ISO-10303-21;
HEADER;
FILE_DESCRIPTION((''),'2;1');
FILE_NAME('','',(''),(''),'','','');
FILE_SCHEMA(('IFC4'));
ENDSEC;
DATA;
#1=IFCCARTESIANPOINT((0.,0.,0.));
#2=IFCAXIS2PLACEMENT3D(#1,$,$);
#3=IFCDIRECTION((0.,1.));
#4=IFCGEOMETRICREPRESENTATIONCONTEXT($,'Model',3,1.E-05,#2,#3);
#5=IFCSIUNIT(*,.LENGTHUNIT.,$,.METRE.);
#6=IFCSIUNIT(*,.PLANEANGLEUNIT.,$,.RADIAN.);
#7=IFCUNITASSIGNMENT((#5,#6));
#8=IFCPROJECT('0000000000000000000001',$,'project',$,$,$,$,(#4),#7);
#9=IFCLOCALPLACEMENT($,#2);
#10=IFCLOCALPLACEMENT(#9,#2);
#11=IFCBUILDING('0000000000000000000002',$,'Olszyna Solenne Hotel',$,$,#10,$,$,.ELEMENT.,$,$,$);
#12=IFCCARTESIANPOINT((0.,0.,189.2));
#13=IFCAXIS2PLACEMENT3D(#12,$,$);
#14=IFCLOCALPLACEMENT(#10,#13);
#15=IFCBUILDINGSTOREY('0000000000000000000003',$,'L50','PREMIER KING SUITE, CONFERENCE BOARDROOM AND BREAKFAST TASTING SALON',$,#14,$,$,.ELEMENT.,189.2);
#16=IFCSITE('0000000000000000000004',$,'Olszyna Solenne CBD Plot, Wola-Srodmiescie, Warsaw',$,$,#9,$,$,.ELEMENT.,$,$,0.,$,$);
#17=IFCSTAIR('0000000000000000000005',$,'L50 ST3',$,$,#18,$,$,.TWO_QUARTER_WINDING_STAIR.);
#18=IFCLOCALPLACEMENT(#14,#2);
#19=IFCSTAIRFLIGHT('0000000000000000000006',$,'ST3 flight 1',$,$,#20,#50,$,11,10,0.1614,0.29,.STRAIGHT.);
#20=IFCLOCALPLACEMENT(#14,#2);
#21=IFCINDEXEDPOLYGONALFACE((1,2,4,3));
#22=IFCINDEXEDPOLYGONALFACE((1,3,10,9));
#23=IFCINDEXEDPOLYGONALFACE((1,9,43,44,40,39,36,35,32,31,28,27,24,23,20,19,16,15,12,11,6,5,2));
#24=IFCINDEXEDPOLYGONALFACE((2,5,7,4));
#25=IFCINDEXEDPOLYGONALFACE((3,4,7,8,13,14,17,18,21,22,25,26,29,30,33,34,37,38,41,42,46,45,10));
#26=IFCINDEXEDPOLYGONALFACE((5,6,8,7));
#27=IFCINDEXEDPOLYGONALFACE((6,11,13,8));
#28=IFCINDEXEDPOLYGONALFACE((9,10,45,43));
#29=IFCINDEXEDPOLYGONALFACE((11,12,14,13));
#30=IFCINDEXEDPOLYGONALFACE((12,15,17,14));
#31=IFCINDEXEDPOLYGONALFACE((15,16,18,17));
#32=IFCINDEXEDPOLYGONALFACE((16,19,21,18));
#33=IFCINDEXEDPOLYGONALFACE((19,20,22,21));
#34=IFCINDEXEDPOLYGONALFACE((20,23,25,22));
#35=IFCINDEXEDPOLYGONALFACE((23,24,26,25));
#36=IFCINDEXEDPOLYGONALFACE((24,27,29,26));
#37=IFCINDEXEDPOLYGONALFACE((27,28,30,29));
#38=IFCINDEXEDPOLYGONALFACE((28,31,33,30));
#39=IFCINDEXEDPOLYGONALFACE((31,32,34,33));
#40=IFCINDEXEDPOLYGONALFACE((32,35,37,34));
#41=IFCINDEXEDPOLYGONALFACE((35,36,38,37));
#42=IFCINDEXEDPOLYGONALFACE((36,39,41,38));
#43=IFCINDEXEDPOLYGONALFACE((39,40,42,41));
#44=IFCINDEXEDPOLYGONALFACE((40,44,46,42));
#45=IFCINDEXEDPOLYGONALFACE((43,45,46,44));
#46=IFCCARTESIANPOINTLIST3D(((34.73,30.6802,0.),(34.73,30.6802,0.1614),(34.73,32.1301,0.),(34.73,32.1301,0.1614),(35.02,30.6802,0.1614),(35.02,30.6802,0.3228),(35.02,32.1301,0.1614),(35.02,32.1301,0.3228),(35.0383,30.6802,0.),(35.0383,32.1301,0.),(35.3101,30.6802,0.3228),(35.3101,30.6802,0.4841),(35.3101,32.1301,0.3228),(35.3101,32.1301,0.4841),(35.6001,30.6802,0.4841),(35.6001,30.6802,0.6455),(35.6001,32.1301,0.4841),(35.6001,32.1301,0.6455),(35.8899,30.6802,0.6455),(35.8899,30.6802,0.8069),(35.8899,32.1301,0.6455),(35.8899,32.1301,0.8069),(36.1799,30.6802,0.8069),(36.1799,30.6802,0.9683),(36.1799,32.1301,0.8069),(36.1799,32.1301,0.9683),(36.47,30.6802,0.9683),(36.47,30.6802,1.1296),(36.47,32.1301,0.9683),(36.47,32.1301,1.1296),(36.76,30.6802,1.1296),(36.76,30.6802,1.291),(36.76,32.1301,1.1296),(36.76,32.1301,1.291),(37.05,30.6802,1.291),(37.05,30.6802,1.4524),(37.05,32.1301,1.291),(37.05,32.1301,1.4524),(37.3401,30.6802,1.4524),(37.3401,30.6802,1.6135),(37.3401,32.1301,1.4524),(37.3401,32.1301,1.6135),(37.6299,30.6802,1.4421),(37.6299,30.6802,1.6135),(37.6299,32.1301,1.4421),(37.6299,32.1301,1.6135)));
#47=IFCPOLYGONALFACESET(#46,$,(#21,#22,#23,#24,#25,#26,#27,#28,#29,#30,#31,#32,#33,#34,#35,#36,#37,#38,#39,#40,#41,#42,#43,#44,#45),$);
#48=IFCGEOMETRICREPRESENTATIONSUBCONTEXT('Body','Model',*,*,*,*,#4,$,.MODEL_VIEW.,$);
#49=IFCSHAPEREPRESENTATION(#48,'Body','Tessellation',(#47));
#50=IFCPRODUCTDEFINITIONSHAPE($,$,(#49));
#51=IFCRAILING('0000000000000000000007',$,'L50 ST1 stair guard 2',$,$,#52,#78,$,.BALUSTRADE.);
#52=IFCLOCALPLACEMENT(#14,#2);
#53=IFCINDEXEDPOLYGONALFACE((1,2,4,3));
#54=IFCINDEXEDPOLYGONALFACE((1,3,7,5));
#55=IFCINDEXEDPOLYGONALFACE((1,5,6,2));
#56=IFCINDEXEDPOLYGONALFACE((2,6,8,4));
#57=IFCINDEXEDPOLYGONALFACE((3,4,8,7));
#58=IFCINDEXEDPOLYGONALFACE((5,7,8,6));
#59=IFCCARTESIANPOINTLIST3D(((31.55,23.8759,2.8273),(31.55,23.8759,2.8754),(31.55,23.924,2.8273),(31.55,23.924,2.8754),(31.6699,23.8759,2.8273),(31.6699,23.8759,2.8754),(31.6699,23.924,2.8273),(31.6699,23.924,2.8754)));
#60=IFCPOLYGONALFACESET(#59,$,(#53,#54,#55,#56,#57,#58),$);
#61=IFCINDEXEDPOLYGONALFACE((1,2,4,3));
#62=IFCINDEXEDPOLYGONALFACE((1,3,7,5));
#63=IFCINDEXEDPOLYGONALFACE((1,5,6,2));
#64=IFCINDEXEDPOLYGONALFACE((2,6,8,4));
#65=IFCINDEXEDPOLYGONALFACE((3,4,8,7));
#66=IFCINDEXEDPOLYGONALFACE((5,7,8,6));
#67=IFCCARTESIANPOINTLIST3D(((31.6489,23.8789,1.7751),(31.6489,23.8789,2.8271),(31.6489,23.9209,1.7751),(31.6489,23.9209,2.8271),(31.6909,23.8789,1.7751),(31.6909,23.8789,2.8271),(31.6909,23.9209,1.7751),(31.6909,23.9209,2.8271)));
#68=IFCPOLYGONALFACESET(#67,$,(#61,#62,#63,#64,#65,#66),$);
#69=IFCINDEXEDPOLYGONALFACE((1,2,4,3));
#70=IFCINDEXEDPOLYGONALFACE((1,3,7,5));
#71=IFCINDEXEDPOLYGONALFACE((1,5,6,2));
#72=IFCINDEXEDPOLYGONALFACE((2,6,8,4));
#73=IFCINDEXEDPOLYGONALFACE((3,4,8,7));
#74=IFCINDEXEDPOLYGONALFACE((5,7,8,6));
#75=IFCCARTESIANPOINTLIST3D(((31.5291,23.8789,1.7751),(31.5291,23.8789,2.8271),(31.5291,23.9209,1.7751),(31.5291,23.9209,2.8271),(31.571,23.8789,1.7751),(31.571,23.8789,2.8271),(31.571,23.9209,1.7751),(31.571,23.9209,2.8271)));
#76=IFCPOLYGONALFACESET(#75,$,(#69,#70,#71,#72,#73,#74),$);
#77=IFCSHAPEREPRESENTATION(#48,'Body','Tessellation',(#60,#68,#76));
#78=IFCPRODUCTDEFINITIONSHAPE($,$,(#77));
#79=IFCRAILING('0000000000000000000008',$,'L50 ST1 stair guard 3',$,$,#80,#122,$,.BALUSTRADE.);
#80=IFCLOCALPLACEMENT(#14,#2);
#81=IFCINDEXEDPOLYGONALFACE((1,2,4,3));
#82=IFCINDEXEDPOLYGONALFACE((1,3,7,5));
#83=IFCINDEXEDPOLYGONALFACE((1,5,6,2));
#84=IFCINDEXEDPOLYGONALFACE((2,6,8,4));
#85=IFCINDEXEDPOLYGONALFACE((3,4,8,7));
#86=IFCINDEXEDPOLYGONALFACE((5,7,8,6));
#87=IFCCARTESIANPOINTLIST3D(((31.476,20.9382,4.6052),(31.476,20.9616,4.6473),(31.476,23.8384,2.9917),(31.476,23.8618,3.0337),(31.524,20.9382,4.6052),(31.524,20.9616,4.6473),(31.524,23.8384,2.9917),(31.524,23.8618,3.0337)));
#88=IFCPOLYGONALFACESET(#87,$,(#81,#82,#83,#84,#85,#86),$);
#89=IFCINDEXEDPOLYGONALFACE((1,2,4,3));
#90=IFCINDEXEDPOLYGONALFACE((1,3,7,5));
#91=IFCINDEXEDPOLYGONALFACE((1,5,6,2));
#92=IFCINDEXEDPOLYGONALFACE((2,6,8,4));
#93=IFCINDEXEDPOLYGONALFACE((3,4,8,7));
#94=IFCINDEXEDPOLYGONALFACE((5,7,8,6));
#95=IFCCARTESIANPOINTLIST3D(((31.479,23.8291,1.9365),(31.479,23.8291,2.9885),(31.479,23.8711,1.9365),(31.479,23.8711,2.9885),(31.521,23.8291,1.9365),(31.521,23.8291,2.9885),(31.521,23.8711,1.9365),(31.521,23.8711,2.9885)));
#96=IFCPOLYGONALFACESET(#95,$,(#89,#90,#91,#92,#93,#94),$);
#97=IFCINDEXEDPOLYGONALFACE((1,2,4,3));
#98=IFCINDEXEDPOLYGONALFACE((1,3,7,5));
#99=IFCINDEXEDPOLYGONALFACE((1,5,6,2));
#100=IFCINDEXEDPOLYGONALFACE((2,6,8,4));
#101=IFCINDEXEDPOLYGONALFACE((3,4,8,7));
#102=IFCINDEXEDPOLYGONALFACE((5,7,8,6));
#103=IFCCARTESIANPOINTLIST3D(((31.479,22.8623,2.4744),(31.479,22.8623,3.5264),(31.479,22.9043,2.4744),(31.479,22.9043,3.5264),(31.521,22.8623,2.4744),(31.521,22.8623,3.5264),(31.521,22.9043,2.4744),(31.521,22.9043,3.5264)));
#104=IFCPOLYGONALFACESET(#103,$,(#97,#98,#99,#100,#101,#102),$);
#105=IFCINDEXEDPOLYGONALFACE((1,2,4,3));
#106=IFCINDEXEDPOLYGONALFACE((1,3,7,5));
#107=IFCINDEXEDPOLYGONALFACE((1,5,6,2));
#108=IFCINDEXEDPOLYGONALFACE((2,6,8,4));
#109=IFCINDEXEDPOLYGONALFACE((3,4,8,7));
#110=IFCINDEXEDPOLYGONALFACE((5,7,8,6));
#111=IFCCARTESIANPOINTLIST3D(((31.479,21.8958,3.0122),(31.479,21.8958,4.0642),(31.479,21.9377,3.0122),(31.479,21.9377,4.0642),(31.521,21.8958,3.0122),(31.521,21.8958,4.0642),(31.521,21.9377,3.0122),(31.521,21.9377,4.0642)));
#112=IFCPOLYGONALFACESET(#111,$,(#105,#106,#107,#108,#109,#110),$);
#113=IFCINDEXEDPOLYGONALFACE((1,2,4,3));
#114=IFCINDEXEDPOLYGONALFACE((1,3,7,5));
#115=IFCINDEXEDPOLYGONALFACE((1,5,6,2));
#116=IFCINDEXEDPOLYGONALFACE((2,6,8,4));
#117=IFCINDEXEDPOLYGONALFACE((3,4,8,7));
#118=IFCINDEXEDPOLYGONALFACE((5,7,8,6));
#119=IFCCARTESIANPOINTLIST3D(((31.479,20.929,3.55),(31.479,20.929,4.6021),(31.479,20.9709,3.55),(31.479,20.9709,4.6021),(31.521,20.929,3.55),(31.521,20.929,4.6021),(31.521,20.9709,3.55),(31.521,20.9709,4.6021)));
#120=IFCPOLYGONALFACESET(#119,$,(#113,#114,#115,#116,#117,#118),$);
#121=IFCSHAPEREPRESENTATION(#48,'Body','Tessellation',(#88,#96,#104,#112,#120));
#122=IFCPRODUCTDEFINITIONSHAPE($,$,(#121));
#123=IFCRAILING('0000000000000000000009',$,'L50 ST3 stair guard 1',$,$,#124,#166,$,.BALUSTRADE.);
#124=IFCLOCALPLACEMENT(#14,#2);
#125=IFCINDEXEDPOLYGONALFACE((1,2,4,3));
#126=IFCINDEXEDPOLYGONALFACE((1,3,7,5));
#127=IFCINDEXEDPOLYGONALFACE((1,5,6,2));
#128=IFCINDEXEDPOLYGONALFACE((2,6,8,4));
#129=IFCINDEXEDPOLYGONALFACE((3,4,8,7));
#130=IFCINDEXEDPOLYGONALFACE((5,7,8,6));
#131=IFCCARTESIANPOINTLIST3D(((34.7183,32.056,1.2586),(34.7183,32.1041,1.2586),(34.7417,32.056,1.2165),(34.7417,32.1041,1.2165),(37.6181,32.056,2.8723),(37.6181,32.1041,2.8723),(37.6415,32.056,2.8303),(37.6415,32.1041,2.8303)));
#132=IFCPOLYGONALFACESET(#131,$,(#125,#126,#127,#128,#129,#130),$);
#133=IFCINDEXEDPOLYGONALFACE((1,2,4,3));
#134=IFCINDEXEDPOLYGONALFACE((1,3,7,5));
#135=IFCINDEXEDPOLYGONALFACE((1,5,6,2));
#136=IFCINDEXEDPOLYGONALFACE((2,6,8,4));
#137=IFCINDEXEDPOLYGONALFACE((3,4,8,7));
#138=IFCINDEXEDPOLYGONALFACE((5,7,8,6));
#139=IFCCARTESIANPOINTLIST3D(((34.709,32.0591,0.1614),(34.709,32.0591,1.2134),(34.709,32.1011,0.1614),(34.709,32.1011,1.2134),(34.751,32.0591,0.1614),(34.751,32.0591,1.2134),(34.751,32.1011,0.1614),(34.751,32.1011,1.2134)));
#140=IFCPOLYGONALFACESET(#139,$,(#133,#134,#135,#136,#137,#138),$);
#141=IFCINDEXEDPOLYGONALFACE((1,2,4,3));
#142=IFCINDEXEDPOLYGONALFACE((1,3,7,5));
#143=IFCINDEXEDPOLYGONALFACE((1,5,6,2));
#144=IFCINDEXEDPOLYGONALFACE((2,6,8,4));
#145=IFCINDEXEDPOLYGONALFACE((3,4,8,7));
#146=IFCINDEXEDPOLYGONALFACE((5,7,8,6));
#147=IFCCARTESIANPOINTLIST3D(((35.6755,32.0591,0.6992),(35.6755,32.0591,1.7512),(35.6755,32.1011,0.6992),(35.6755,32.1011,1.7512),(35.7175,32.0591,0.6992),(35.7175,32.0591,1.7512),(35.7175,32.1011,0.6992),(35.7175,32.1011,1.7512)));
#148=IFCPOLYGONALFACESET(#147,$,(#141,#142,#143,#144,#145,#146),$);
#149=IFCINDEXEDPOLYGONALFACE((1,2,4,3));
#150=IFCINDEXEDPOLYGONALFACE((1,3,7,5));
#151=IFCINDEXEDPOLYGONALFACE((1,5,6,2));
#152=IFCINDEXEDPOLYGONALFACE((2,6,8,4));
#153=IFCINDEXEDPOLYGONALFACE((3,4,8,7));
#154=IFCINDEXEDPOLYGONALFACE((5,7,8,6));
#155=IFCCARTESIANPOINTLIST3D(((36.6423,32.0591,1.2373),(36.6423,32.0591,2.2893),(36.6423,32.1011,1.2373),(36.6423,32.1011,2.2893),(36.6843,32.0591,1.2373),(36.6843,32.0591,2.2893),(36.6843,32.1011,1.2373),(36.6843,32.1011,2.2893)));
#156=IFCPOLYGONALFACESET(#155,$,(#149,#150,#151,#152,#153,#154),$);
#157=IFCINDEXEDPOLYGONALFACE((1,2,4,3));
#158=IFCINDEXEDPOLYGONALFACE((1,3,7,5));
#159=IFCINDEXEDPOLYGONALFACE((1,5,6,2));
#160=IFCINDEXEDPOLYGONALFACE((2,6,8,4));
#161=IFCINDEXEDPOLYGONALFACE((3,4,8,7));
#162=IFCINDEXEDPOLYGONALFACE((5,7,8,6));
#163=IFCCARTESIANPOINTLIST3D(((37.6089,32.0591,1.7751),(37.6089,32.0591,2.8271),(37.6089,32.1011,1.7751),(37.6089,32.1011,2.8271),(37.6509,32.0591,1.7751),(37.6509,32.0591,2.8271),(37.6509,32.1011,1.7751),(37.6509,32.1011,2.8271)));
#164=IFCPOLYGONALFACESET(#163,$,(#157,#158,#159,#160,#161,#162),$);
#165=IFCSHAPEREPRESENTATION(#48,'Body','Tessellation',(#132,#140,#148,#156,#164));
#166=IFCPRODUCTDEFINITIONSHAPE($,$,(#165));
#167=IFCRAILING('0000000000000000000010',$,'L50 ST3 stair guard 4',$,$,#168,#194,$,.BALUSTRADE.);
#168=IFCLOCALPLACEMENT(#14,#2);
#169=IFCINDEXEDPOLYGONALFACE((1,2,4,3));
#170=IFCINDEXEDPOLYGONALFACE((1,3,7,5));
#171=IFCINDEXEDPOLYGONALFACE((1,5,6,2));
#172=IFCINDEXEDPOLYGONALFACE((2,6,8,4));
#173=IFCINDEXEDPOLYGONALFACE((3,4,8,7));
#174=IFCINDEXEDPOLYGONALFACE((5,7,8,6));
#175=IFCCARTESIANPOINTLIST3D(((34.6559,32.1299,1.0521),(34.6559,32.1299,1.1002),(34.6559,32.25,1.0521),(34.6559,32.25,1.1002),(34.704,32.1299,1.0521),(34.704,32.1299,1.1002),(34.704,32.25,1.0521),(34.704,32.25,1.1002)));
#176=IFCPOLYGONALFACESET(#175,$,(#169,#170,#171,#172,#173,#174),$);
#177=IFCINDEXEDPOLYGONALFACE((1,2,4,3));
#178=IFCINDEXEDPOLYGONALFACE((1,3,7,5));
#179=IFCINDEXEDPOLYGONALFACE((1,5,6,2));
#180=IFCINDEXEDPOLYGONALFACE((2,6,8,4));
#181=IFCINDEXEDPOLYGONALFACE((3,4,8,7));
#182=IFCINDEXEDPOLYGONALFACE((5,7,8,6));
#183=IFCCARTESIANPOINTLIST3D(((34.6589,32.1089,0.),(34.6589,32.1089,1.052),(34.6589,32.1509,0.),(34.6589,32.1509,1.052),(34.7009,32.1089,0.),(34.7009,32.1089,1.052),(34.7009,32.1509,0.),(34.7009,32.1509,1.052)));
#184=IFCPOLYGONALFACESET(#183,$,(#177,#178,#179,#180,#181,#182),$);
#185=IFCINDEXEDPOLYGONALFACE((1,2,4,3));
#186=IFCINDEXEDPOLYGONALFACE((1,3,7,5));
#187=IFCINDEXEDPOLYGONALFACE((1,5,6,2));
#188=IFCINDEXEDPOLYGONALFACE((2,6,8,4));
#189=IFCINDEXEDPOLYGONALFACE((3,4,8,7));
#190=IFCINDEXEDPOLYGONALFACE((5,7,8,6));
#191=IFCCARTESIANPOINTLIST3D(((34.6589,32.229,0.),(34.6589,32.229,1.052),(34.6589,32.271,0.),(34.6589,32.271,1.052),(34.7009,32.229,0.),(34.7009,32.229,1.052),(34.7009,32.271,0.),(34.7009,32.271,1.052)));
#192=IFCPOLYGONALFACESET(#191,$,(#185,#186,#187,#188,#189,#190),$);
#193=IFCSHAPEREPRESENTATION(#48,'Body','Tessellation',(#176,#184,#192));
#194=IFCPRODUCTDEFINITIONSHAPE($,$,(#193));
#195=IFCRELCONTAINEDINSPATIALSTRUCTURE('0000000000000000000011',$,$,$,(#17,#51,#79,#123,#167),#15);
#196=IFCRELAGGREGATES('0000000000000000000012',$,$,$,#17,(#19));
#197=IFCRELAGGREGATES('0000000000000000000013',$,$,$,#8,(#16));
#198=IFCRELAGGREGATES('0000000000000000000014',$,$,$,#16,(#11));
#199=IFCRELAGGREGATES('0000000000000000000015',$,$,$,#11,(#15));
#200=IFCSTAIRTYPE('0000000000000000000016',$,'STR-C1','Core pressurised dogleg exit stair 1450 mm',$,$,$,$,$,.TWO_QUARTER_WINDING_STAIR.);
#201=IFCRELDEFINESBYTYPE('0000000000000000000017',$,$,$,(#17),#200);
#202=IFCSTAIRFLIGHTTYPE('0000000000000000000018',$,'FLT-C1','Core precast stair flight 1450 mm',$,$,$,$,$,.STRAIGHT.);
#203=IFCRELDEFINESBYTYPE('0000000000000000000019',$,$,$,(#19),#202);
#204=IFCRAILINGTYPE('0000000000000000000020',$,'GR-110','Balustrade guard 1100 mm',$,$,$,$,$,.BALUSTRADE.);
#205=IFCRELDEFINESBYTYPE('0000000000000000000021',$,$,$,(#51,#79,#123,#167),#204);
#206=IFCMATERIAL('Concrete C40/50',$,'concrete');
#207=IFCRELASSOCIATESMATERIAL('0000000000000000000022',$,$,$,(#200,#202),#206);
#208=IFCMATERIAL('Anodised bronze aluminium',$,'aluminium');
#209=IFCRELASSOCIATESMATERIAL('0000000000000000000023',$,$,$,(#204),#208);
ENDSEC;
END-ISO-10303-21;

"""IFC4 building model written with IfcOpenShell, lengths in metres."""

from ifc_helpers import new_model, si_unit, direction, frame, origin, origin_2d, place, context, subcontext, project, spatial, polyline, rectangle, outline, extrude, material, type_object, element, aggregate, save


model = new_model("IFC4")

# Units and contexts
model_context = context("Model", 3, precision=1e-05, world=origin(), true_north=direction((0.0, 1.0)))
body_context = subcontext(model_context, "Body", "Model", "MODEL_VIEW")
ifc_project = project(units=[si_unit("LENGTHUNIT", "METRE"), si_unit("PLANEANGLEUNIT", "RADIAN")], contexts=[model_context])

# Site, building, storey
site_placement = place(None, origin())
site = spatial("IfcSite", under=ifc_project, at=site_placement, Name="Olszyna Solenne CBD Plot, Wola-Srodmiescie, Warsaw", CompositionType="ELEMENT", RefElevation=0.0)
building_placement = place(site_placement, origin())
building = spatial("IfcBuilding", under=site, at=building_placement, Name="Olszyna Solenne Hotel", CompositionType="ELEMENT")
storey_placement = place(building_placement, frame((0.0, 0.0, 189.2)))
storey = spatial("IfcBuildingStorey", under=building, at=storey_placement, Name="L50", Description="PREMIER KING SUITE, CONFERENCE BOARDROOM AND BREAKFAST TASTING SALON", CompositionType="ELEMENT", Elevation=189.2)

# Stair, stair flight
ifc_material_1 = material(Name="Concrete C40/50", Category="concrete")
stair_type = type_object("IfcStairType", Name="STR-C1", Description="Core pressurised dogleg exit stair 1450 mm", PredefinedType="TWO_QUARTER_WINDING_STAIR", material=ifc_material_1)
stair_flight_type = type_object("IfcStairFlightType", Name="FLT-C1", Description="Core precast stair flight 1450 mm", PredefinedType="STRAIGHT", material=ifc_material_1)
stair_1_placement = place(storey_placement, origin())
stair_1 = element("IfcStair", 1, at=stair_1_placement, inside=storey, type_object=stair_type, Name="L50 ST3", PredefinedType="TWO_QUARTER_WINDING_STAIR")
stair_flight_1_placement = place(storey_placement, frame((34.73, 31.405, 0.0), z_axis=(0.0, 0.0, 1.0), x_axis=(1.0, 0.0, 0.0)))
stair_flight_1 = element("IfcStairFlight", 2, at=stair_flight_1_placement, type_object=stair_flight_type, Name="ST3 flight 1", NumberOfRisers=11, NumberOfTreads=10, PredefinedType="STRAIGHT", RiserHeight=0.1614, TreadLength=0.29, context=body_context, shape_type="SweptSolid", body=[
    extrude(outline(polyline([(0.0, 0.0), (0.0, 0.1614), (0.29, 0.1614), (0.29, 0.3228), (0.5801, 0.3228), (0.5801, 0.4841), (0.8701, 0.4841), (0.8701, 0.6455), (1.1599, 0.6455), (1.1599, 0.8069), (1.45, 0.8069), (1.45, 0.9683), (1.74, 0.9683), (1.74, 1.1296), (2.03, 1.1296), (2.03, 1.291), (2.3201, 1.291), (2.3201, 1.4524), (2.6101, 1.4524), (2.6101, 1.6135), (2.8999, 1.6135), (2.8999, 1.7749), (2.8999, 1.4421), (0.3083, 0.0), (0.0, 0.0)])), frame((0.0, 0.7251, 0.0), z_axis=(0.0, -1.0, 0.0), x_axis=(1.0, 0.0, 0.0)), (0.0, 0.0, 1.0), 1.45),
])
aggregate(stair_1, [stair_flight_1])

# Railings
ifc_material_2 = material(Name="Anodised bronze aluminium", Category="aluminium")
railing_type_1 = type_object("IfcRailingType", Name="GR-110", Description="Balustrade guard 1100 mm", PredefinedType="BALUSTRADE", material=ifc_material_2)
railing_1_placement = place(storey_placement, frame((31.6699, 23.8999, 1.7751)))
element("IfcRailing", 3, at=railing_1_placement, inside=storey, type_object=railing_type_1, Name="L50 ST1 stair guard 2", PredefinedType="BALUSTRADE", context=body_context, shape_type="SweptSolid", body=[
    extrude(rectangle(XDim=0.0481, YDim=0.0481, at=origin_2d()), frame((0.0, 0.0, 1.0762), z_axis=(-1.0, 0.0, 0.0), x_axis=(0.0, -1.0, 0.0)), (0.0, 0.0, 1.0), 0.1199),
    extrude(rectangle(XDim=0.042, YDim=0.042, at=origin_2d()), origin(), (0.0, 0.0, 1.0), 1.052),
    extrude(rectangle(XDim=0.042, YDim=0.042, at=origin_2d()), frame((-0.1199, 0.0, 0.0)), (0.0, 0.0, 1.0), 1.052),
])
railing_2_placement = place(storey_placement, frame((31.5, 23.8501, 1.9365)))
element("IfcRailing", 4, at=railing_2_placement, inside=storey, type_object=railing_type_1, Name="L50 ST1 stair guard 3", PredefinedType="BALUSTRADE", context=body_context, shape_type="SweptSolid", body=[
    extrude(rectangle(XDim=0.0481, YDim=0.0481, at=origin_2d()), frame((0.0, 0.0, 1.0762), z_axis=(0.0, -0.873859, 0.48618), x_axis=(1.0, 0.0, 0.0)), (0.0, 0.0, 1.0), 3.3188),
    extrude(rectangle(XDim=0.042, YDim=0.042, at=origin_2d()), origin(), (0.0, 0.0, 1.0), 1.052),
    extrude(rectangle(XDim=0.042, YDim=0.042, at=origin_2d()), frame((0.0, -0.9668, 0.5378)), (0.0, 0.0, 1.0), 1.052),
    extrude(rectangle(XDim=0.042, YDim=0.042, at=origin_2d()), frame((0.0, -1.9333, 1.0757)), (0.0, 0.0, 1.0), 1.052),
    extrude(rectangle(XDim=0.042, YDim=0.042, at=origin_2d()), frame((0.0, -2.9001, 1.6135)), (0.0, 0.0, 1.0), 1.052),
])
railing_3_placement = place(storey_placement, frame((34.73, 32.0801, 0.1614)))
element("IfcRailing", 5, at=railing_3_placement, inside=storey, type_object=railing_type_1, Name="L50 ST3 stair guard 1", PredefinedType="BALUSTRADE", context=body_context, shape_type="SweptSolid", body=[
    extrude(rectangle(XDim=0.0481, YDim=0.0481, at=origin_2d()), frame((0.0, 0.0, 1.0762), z_axis=(0.87381, 0.0, 0.486267), x_axis=(0.0, 1.0, 0.0)), (0.0, 0.0, 1.0), 3.3186),
    extrude(rectangle(XDim=0.042, YDim=0.042, at=origin_2d()), origin(), (0.0, 0.0, 1.0), 1.052),
    extrude(rectangle(XDim=0.042, YDim=0.042, at=origin_2d()), frame((0.9666, 0.0, 0.5378)), (0.0, 0.0, 1.0), 1.052),
    extrude(rectangle(XDim=0.042, YDim=0.042, at=origin_2d()), frame((1.9333, 0.0, 1.0759)), (0.0, 0.0, 1.0), 1.052),
    extrude(rectangle(XDim=0.042, YDim=0.042, at=origin_2d()), frame((2.8999, 0.0, 1.6138)), (0.0, 0.0, 1.0), 1.052),
])
railing_4_placement = place(storey_placement, frame((34.6799, 32.1299, 0.0)))
element("IfcRailing", 6, at=railing_4_placement, inside=storey, type_object=railing_type_1, Name="L50 ST3 stair guard 4", PredefinedType="BALUSTRADE", context=body_context, shape_type="SweptSolid", body=[
    extrude(rectangle(XDim=0.0481, YDim=0.0481, at=origin_2d()), frame((0.0, 0.0, 1.0762), z_axis=(0.0, 1.0, 0.0), x_axis=(-1.0, 0.0, 0.0)), (0.0, 0.0, 1.0), 0.1201),
    extrude(rectangle(XDim=0.042, YDim=0.042, at=origin_2d()), origin(), (0.0, 0.0, 1.0), 1.052),
    extrude(rectangle(XDim=0.042, YDim=0.042, at=origin_2d()), frame((0.0, 0.1201, 0.0)), (0.0, 0.0, 1.0), 1.052),
])

save(model, "model.ifc")
